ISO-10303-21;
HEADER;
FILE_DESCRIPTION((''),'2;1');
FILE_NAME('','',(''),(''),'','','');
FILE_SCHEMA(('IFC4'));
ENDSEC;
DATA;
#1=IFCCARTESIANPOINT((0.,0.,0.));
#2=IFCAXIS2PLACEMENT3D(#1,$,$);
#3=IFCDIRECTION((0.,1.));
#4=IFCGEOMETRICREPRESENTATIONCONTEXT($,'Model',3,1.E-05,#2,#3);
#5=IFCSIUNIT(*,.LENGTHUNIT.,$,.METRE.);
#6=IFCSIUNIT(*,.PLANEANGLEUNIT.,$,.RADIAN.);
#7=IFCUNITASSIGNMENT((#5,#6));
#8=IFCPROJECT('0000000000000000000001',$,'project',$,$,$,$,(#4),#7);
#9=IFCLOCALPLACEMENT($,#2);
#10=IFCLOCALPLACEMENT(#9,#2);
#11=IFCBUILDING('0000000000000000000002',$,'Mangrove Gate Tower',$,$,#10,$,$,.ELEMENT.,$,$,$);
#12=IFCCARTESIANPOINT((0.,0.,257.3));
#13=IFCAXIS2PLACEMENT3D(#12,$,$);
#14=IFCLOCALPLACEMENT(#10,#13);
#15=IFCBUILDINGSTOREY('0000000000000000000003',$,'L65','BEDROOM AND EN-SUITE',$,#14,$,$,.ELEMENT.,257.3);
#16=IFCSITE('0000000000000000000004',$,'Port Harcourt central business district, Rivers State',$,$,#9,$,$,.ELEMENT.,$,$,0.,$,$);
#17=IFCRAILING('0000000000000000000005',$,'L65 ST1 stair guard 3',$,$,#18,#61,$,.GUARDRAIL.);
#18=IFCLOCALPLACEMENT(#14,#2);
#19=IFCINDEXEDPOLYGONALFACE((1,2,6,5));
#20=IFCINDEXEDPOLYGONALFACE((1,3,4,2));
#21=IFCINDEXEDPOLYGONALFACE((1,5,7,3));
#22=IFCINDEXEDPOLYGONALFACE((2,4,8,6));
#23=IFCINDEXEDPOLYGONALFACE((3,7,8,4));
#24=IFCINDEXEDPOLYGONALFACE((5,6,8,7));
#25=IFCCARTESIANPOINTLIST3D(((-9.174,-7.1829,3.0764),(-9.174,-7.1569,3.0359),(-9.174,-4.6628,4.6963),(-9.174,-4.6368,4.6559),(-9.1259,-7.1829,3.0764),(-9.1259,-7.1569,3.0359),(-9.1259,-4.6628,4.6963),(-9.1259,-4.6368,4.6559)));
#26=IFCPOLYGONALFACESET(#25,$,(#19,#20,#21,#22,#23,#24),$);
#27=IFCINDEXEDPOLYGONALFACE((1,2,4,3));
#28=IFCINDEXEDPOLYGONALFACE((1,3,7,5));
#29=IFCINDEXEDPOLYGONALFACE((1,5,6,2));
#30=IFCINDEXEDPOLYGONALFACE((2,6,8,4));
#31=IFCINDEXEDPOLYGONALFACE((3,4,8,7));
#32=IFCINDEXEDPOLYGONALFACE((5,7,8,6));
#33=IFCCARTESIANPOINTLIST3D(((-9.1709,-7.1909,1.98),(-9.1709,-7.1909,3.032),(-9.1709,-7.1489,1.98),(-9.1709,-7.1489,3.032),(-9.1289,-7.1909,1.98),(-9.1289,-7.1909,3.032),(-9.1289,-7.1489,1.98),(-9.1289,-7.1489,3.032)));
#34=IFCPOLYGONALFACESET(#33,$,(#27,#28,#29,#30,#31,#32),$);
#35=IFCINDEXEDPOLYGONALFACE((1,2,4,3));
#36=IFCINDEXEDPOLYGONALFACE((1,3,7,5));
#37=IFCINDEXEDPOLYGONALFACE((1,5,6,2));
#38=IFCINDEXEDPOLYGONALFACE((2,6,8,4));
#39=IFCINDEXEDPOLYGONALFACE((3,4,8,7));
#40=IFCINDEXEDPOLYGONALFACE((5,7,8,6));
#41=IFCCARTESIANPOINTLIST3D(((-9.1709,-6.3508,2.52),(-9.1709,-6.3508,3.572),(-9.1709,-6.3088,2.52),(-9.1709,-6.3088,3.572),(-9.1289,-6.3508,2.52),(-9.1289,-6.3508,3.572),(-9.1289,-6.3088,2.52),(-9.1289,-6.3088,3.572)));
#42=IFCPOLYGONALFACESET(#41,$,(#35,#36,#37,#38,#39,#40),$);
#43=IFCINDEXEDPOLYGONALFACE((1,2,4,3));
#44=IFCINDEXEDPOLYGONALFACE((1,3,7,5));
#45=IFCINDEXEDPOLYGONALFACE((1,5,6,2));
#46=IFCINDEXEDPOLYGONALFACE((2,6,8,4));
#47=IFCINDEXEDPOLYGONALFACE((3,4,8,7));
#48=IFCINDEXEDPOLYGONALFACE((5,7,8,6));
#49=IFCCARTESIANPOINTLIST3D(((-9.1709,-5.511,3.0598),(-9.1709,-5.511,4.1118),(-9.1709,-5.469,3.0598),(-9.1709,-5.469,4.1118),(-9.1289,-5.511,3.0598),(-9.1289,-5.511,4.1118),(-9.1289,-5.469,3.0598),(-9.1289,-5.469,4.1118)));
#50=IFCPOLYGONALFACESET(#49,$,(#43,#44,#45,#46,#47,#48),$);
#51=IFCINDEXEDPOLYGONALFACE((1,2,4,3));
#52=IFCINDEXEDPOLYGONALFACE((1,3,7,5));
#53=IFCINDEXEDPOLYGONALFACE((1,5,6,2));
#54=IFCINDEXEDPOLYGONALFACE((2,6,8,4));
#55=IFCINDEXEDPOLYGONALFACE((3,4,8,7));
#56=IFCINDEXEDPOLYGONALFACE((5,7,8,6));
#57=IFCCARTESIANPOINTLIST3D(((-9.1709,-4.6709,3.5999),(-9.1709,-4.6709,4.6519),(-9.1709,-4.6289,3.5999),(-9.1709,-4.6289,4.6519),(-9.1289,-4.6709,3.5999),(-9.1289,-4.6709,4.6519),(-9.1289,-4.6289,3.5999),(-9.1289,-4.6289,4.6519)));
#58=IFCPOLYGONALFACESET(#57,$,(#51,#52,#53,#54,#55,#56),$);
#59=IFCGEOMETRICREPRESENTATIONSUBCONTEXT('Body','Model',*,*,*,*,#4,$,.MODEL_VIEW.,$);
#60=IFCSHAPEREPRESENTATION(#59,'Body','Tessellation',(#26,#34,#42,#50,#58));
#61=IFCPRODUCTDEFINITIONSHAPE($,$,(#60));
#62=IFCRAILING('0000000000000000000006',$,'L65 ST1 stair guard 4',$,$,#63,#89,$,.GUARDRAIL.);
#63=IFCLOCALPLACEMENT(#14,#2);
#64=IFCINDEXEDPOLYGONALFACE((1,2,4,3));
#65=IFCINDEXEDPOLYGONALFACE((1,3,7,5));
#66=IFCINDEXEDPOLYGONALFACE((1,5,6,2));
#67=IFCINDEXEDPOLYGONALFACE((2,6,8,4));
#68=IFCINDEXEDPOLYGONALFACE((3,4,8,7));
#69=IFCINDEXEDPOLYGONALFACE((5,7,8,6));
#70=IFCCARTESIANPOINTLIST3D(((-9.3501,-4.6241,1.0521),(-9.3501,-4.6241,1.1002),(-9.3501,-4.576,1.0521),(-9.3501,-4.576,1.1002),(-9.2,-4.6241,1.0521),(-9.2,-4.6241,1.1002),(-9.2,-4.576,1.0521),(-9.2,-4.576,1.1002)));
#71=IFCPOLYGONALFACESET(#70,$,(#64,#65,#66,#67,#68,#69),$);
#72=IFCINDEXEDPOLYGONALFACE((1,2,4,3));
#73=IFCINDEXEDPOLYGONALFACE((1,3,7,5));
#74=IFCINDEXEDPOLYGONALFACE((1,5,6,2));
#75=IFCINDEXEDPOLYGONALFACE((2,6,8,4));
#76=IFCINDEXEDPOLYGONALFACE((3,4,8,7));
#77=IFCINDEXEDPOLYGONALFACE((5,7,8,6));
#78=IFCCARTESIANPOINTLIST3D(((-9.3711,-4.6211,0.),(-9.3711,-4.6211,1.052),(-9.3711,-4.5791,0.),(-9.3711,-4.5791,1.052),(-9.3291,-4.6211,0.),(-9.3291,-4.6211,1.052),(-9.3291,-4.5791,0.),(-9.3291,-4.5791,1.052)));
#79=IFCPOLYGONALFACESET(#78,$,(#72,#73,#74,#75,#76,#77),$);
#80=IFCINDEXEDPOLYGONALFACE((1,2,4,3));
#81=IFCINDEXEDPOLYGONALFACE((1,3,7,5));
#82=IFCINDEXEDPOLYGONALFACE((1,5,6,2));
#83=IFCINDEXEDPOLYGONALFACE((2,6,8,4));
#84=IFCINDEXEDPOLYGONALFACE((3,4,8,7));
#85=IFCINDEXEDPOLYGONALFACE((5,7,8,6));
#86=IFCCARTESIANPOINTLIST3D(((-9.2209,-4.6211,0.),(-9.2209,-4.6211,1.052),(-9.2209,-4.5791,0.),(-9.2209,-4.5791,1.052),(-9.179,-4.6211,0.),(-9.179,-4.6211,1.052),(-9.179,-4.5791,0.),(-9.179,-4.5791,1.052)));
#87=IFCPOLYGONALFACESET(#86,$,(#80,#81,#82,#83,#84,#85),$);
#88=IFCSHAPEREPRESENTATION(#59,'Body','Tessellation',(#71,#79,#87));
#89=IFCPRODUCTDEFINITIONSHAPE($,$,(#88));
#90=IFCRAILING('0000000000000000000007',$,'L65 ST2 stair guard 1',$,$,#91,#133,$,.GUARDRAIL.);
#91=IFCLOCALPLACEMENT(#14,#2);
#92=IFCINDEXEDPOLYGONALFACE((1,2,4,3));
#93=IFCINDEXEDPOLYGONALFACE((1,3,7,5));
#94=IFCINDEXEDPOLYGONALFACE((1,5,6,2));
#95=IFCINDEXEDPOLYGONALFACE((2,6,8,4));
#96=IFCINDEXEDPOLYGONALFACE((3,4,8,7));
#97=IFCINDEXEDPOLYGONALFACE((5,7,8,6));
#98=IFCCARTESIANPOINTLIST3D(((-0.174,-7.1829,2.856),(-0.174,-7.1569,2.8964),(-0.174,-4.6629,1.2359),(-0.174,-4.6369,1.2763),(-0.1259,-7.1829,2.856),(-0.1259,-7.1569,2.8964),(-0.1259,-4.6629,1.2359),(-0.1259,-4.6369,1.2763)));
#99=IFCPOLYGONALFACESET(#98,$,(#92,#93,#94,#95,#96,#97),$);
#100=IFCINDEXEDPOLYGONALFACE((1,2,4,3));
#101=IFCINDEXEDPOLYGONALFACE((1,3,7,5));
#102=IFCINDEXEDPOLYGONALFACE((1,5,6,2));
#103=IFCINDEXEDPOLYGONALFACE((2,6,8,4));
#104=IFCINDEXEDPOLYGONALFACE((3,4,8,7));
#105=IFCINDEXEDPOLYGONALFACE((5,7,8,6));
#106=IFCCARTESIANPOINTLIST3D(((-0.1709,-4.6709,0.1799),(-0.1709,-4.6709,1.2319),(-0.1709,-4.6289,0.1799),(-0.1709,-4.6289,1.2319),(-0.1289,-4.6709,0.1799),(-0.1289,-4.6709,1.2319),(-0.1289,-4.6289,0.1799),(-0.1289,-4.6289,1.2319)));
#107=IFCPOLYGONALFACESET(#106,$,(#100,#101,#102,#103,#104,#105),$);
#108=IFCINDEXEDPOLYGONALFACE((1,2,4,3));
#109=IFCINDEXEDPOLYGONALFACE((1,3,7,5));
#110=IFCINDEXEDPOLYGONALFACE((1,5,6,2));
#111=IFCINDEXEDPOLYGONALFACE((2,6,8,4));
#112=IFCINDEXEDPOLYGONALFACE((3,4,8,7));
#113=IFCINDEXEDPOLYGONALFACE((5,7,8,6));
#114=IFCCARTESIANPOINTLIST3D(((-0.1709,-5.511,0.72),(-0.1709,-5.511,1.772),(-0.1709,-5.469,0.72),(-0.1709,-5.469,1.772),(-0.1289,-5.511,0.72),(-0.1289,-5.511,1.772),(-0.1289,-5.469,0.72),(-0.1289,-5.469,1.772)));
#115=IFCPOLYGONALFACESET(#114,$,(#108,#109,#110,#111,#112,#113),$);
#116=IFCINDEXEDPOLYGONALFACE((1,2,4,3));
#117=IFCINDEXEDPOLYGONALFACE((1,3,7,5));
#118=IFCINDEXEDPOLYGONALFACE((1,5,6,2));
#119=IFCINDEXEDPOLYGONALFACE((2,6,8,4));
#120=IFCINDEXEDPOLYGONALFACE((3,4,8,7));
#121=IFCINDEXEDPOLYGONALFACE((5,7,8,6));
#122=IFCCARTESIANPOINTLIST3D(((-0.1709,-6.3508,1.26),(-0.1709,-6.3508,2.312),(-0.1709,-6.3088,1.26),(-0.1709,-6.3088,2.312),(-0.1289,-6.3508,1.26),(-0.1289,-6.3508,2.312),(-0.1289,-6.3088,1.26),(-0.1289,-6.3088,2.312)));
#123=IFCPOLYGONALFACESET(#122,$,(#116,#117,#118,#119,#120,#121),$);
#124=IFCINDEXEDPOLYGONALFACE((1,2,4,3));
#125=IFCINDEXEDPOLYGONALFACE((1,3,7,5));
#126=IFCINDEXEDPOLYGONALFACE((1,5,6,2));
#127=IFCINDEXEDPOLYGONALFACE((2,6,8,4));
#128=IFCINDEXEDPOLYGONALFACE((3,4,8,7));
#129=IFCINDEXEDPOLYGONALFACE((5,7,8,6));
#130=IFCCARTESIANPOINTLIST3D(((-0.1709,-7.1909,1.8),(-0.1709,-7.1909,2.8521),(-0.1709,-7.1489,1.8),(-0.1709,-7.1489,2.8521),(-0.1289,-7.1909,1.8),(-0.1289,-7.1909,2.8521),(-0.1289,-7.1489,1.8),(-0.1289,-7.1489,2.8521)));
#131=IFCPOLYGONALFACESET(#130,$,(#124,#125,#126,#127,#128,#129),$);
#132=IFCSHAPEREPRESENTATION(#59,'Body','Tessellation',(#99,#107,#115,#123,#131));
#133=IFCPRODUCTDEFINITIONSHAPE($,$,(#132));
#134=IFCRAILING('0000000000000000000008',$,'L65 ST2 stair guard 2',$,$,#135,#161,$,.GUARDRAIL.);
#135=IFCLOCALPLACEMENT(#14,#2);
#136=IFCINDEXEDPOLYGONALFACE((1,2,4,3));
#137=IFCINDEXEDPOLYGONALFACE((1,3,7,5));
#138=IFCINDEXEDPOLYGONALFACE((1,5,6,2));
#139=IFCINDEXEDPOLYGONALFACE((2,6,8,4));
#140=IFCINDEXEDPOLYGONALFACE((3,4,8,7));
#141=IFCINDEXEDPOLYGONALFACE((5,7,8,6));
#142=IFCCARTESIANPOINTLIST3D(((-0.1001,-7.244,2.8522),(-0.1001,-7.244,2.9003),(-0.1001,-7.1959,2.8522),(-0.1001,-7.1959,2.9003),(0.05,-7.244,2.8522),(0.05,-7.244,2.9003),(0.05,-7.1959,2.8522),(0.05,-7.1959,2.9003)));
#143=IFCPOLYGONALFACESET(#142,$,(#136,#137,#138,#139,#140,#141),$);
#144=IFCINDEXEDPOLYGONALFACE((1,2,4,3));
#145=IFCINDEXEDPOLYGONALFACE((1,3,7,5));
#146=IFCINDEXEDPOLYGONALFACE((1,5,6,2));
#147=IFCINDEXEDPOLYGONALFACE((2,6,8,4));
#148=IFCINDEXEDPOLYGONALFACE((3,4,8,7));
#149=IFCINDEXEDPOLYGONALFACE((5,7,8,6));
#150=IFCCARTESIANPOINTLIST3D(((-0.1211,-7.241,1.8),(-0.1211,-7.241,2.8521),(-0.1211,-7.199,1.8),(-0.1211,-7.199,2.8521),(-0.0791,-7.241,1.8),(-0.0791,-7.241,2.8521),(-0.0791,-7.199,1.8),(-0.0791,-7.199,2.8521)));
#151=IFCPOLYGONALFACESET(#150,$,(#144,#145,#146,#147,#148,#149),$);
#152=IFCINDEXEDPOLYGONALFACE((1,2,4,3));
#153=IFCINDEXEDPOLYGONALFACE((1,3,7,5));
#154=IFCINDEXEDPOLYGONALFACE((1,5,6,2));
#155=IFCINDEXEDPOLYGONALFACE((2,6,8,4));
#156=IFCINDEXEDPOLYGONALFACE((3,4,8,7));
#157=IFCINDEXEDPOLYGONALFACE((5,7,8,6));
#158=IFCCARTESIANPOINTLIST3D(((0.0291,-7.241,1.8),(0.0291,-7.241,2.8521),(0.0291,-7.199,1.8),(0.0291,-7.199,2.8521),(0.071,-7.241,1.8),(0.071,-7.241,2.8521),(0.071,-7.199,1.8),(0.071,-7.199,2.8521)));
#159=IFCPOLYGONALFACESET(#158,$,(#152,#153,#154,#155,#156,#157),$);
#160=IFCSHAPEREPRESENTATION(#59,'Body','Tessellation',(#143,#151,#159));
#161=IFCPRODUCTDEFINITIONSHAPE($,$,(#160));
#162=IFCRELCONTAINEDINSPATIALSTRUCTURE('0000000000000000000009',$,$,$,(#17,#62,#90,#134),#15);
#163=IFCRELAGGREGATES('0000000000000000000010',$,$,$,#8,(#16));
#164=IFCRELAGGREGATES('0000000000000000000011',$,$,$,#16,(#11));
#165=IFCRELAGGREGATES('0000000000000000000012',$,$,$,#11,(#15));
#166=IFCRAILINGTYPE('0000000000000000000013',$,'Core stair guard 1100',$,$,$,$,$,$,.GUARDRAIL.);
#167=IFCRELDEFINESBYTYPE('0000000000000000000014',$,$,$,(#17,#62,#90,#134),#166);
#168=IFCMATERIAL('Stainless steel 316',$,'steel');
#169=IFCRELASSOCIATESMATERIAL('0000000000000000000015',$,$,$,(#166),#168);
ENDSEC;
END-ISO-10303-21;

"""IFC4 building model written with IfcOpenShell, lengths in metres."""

from ifc_helpers import new_model, si_unit, direction, frame, origin, origin_2d, place, context, subcontext, project, spatial, rectangle, extrude, material, type_object, element, save


model = new_model("IFC4")

# Units and contexts
model_context = context("Model", 3, precision=1e-05, world=origin(), true_north=direction((0.0, 1.0)))
body_context = subcontext(model_context, "Body", "Model", "MODEL_VIEW")
ifc_project = project(units=[si_unit("LENGTHUNIT", "METRE"), si_unit("PLANEANGLEUNIT", "RADIAN")], contexts=[model_context])

# Site, building, storey
site_placement = place(None, origin())
site = spatial("IfcSite", under=ifc_project, at=site_placement, Name="Port Harcourt central business district, Rivers State", CompositionType="ELEMENT", RefElevation=0.0)
building_placement = place(site_placement, origin())
building = spatial("IfcBuilding", under=site, at=building_placement, Name="Mangrove Gate Tower", CompositionType="ELEMENT")
storey_placement = place(building_placement, frame((0.0, 0.0, 257.3)))
storey = spatial("IfcBuildingStorey", under=building, at=storey_placement, Name="L65", Description="BEDROOM AND EN-SUITE", CompositionType="ELEMENT", Elevation=257.3)

# Railings
ifc_material_1 = material(Name="Stainless steel 316", Category="steel")
railing_type_1 = type_object("IfcRailingType", Name="Core stair guard 1100", PredefinedType="GUARDRAIL", material=ifc_material_1)
railing_1_placement = place(storey_placement, frame((-9.1499, -7.1699, 1.98)))
element("IfcRailing", 1, at=railing_1_placement, inside=storey, type_object=railing_type_1, Name="L65 ST1 stair guard 3", PredefinedType="GUARDRAIL", context=body_context, shape_type="SweptSolid", body=[
    extrude(rectangle(XDim=0.0481, YDim=0.0481, at=origin_2d()), frame((0.0, 0.0, 1.0762), z_axis=(0.0, 0.8412, 0.540725), x_axis=(-1.0, 0.0, 0.0)), (0.0, 0.0, 1.0), 2.9958),
    extrude(rectangle(XDim=0.042, YDim=0.042, at=origin_2d()), origin(), (0.0, 0.0, 1.0), 1.052),
    extrude(rectangle(XDim=0.042, YDim=0.042, at=origin_2d()), frame((0.0, 0.8401, 0.54)), (0.0, 0.0, 1.0), 1.052),
    extrude(rectangle(XDim=0.042, YDim=0.042, at=origin_2d()), frame((0.0, 1.6799, 1.0798)), (0.0, 0.0, 1.0), 1.052),
    extrude(rectangle(XDim=0.042, YDim=0.042, at=origin_2d()), frame((0.0, 2.52, 1.6199)), (0.0, 0.0, 1.0), 1.052),
])
railing_2_placement = place(storey_placement, frame((-9.3501, -4.6001, 0.0)))
element("IfcRailing", 2, at=railing_2_placement, inside=storey, type_object=railing_type_1, Name="L65 ST1 stair guard 4", PredefinedType="GUARDRAIL", context=body_context, shape_type="SweptSolid", body=[
    extrude(rectangle(XDim=0.0481, YDim=0.0481, at=origin_2d()), frame((0.0, 0.0, 1.0762), z_axis=(1.0, 0.0, 0.0), x_axis=(0.0, 1.0, 0.0)), (0.0, 0.0, 1.0), 0.1501),
    extrude(rectangle(XDim=0.042, YDim=0.042, at=origin_2d()), origin(), (0.0, 0.0, 1.0), 1.052),
    extrude(rectangle(XDim=0.042, YDim=0.042, at=origin_2d()), frame((0.1501, 0.0, 0.0)), (0.0, 0.0, 1.0), 1.052),
])
railing_3_placement = place(storey_placement, frame((-0.1499, -4.6499, 0.1799)))
element("IfcRailing", 3, at=railing_3_placement, inside=storey, type_object=railing_type_1, Name="L65 ST2 stair guard 1", PredefinedType="GUARDRAIL", context=body_context, shape_type="SweptSolid", body=[
    extrude(rectangle(XDim=0.0481, YDim=0.0481, at=origin_2d()), frame((0.0, 0.0, 1.0762), z_axis=(0.0, -0.841163, 0.540782), x_axis=(1.0, 0.0, 0.0)), (0.0, 0.0, 1.0), 2.9958),
    extrude(rectangle(XDim=0.042, YDim=0.042, at=origin_2d()), origin(), (0.0, 0.0, 1.0), 1.052),
    extrude(rectangle(XDim=0.042, YDim=0.042, at=origin_2d()), frame((0.0, -0.8401, 0.54)), (0.0, 0.0, 1.0), 1.052),
    extrude(rectangle(XDim=0.042, YDim=0.042, at=origin_2d()), frame((0.0, -1.6799, 1.0801)), (0.0, 0.0, 1.0), 1.052),
    extrude(rectangle(XDim=0.042, YDim=0.042, at=origin_2d()), frame((0.0, -2.52, 1.6201)), (0.0, 0.0, 1.0), 1.052),
])
railing_4_placement = place(storey_placement, frame((-0.1001, -7.22, 1.8)))
element("IfcRailing", 4, at=railing_4_placement, inside=storey, type_object=railing_type_1, Name="L65 ST2 stair guard 2", PredefinedType="GUARDRAIL", context=body_context, shape_type="SweptSolid", body=[
    extrude(rectangle(XDim=0.0481, YDim=0.0481, at=origin_2d()), frame((0.0, 0.0, 1.0762), z_axis=(1.0, 0.0, 0.0), x_axis=(0.0, 1.0, 0.0)), (0.0, 0.0, 1.0), 0.1501),
    extrude(rectangle(XDim=0.042, YDim=0.042, at=origin_2d()), origin(), (0.0, 0.0, 1.0), 1.052),
    extrude(rectangle(XDim=0.042, YDim=0.042, at=origin_2d()), frame((0.1501, 0.0, 0.0)), (0.0, 0.0, 1.0), 1.052),
])

save(model, "model.ifc")
